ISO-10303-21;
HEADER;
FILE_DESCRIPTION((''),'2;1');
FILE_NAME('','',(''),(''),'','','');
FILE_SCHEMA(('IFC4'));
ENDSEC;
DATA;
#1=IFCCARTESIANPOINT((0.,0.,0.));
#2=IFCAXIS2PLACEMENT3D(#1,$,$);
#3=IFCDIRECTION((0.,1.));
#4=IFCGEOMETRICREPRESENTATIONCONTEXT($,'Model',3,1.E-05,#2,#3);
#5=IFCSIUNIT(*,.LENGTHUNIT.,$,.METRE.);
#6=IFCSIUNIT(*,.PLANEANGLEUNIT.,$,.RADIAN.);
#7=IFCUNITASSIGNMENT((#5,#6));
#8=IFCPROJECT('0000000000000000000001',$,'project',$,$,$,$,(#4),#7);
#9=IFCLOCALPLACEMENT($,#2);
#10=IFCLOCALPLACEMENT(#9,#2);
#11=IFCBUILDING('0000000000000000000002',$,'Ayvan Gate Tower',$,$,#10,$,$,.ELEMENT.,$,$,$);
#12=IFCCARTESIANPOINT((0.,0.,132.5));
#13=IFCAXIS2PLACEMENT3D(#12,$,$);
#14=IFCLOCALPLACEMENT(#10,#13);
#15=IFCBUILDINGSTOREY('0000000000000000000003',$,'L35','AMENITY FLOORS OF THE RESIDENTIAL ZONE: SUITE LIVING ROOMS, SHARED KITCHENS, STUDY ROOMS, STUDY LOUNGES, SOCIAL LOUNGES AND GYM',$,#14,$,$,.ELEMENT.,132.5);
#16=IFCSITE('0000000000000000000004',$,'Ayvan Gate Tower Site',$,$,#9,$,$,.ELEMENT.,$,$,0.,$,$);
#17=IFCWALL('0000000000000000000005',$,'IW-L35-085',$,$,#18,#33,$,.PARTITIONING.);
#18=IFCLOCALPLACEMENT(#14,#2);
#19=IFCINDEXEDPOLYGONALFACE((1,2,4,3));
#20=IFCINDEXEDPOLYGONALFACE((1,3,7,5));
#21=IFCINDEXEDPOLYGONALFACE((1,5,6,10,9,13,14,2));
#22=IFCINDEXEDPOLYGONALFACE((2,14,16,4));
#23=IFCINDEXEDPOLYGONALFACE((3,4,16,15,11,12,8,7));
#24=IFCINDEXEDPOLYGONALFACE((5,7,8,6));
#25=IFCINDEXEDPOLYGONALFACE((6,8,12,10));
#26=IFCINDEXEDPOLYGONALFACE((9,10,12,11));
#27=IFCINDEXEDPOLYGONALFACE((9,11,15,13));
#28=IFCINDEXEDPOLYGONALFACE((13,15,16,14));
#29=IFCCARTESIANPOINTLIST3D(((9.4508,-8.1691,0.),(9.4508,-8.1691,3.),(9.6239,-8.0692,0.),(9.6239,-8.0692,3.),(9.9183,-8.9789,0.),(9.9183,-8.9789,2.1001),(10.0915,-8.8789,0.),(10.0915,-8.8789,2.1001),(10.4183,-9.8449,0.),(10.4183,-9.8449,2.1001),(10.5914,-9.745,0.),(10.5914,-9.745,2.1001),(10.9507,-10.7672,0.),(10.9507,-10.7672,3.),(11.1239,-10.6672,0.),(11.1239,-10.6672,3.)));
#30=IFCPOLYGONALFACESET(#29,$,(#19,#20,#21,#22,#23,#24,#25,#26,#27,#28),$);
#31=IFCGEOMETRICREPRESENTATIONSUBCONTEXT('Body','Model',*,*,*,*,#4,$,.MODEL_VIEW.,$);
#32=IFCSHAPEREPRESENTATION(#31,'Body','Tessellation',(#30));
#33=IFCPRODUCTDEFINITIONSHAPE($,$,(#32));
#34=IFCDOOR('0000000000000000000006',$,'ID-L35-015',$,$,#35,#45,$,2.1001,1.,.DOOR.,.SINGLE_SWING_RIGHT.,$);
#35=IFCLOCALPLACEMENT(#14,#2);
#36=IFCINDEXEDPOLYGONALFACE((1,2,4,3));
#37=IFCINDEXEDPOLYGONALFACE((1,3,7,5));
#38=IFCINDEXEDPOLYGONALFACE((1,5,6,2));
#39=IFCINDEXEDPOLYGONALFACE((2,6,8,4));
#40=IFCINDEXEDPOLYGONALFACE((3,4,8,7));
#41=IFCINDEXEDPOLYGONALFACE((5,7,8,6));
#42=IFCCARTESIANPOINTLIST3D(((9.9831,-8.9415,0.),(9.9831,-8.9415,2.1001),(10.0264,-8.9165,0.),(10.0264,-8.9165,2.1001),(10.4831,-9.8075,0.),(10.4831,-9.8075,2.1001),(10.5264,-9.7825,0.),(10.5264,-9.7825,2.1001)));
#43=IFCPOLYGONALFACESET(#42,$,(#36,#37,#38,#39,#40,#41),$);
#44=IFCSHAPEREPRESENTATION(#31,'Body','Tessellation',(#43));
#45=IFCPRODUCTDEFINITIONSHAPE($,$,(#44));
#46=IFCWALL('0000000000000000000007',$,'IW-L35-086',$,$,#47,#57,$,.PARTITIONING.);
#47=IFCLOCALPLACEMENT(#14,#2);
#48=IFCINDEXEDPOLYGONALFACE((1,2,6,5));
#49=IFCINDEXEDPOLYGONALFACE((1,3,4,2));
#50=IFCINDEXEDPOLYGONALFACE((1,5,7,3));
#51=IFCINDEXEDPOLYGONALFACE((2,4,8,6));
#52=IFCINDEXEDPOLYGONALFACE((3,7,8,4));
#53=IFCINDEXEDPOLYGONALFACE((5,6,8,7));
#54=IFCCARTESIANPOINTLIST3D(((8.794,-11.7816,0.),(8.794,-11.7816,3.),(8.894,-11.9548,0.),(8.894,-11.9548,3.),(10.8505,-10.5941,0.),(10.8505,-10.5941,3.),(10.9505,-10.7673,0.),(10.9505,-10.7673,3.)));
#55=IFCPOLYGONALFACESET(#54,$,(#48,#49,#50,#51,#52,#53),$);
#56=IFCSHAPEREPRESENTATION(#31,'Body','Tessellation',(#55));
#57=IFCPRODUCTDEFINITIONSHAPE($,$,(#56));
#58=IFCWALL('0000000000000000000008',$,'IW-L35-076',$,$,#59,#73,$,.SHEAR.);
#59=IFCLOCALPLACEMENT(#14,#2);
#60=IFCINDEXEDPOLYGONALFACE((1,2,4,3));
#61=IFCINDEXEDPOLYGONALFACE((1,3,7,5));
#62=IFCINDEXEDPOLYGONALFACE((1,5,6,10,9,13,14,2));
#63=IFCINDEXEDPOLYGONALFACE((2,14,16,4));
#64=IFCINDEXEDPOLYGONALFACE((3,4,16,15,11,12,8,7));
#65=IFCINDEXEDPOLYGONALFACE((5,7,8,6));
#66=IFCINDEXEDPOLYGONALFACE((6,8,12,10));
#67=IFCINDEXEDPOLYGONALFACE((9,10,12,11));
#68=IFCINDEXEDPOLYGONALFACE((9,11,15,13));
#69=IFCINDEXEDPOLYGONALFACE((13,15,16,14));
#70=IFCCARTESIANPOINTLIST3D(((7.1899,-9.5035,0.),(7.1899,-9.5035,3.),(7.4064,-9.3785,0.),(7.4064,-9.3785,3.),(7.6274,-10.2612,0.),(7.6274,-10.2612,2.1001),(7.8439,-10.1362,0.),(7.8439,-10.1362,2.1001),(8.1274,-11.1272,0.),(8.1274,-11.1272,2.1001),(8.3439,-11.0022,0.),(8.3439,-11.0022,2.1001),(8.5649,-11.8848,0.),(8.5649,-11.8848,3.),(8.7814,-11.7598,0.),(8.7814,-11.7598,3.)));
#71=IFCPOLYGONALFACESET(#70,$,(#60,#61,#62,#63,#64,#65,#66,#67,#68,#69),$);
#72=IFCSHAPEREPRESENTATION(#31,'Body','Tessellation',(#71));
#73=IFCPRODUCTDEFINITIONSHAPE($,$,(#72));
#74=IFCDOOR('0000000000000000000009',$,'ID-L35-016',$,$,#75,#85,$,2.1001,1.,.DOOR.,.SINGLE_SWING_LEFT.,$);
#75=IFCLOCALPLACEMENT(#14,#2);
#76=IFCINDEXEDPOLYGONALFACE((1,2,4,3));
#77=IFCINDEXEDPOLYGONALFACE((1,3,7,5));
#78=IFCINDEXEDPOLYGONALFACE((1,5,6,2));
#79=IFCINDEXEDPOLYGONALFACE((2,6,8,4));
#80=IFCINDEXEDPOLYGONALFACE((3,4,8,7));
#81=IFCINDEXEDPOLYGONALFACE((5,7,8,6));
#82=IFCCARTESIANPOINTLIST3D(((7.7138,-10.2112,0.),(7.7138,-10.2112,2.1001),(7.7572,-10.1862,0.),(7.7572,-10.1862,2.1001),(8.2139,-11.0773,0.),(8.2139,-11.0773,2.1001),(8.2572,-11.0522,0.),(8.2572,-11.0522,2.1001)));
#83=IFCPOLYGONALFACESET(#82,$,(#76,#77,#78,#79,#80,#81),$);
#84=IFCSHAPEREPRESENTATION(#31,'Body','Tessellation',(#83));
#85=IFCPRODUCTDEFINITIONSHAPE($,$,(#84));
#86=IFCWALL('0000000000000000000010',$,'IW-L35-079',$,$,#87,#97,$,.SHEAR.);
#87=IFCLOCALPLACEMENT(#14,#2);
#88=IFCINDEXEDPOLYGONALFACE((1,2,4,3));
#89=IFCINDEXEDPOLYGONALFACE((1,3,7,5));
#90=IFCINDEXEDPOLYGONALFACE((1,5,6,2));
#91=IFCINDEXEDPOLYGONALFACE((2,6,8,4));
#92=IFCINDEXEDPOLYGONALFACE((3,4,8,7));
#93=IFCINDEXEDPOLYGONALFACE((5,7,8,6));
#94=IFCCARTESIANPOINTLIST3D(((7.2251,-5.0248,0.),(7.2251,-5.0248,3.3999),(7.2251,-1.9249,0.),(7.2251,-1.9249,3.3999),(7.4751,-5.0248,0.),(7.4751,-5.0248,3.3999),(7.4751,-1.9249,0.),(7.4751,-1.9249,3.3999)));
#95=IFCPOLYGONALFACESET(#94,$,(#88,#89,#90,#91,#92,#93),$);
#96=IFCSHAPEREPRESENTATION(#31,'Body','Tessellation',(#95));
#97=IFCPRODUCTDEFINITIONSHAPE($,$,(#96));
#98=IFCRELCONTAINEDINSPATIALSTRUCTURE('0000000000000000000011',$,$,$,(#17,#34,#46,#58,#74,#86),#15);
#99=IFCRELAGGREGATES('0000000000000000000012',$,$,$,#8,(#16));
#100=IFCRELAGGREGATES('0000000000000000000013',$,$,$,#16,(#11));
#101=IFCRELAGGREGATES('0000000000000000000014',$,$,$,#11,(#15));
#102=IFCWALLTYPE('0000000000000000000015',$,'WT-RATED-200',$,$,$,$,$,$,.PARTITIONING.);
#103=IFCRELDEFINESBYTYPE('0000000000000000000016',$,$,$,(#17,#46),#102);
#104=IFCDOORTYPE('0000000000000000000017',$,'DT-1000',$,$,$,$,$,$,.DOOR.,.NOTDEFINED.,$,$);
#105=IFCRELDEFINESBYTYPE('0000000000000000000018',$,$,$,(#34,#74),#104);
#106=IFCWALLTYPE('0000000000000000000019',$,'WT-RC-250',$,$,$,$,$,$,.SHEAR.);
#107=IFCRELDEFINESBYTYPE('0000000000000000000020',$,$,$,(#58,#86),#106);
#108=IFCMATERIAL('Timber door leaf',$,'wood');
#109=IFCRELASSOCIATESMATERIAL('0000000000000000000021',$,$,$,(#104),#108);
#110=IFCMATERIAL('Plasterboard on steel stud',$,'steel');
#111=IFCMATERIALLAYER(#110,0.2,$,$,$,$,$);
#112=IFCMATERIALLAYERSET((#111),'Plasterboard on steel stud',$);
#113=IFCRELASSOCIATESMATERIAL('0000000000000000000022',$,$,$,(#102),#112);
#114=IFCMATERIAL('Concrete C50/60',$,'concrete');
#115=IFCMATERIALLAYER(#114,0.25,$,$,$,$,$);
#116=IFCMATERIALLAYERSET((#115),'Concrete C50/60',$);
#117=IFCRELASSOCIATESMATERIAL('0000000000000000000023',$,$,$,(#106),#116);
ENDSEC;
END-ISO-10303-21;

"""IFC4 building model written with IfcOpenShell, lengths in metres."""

from ifc_helpers import new_model, si_unit, direction, frame, frame_2d, origin, place, context, subcontext, project, spatial, rectangle, extrude, material, layer, layer_set, type_object, element, fill, save


model = new_model("IFC4")

# Units and contexts
model_context = context("Model", 3, precision=1e-05, world=origin(), true_north=direction((0.0, 1.0)))
body_context = subcontext(model_context, "Body", "Model", "MODEL_VIEW")
ifc_project = project(units=[si_unit("LENGTHUNIT", "METRE"), si_unit("PLANEANGLEUNIT", "RADIAN")], contexts=[model_context])

# Site, building, storey
site_placement = place(None, origin())
site = spatial("IfcSite", under=ifc_project, at=site_placement, Name="Ayvan Gate Tower Site", CompositionType="ELEMENT", RefElevation=0.0)
building_placement = place(site_placement, origin())
building = spatial("IfcBuilding", under=site, at=building_placement, Name="Ayvan Gate Tower", CompositionType="ELEMENT")
storey_placement = place(building_placement, frame((0.0, 0.0, 132.5)))
storey = spatial("IfcBuildingStorey", under=building, at=storey_placement, Name="L35", Description="AMENITY FLOORS OF THE RESIDENTIAL ZONE: SUITE LIVING ROOMS, SHARED KITCHENS, STUDY ROOMS, STUDY LOUNGES, SOCIAL LOUNGES AND GYM", CompositionType="ELEMENT", Elevation=132.5)

# Shared definitions
ifc_material_1 = material(Name="Timber door leaf", Category="wood")

# Shared definitions
ifc_material_2 = material(Name="Plasterboard on steel stud", Category="steel")

# Shared definitions
door_type_1 = type_object("IfcDoorType", Name="DT-1000", OperationType="NOTDEFINED", PredefinedType="DOOR", material=ifc_material_1)

# Shared definitions
ifc_layer_1 = layer(ifc_material_2, 0.2)
ifc_layer_set_1 = layer_set([ifc_layer_1], Name="Plasterboard on steel stud")
wall_type_1 = type_object("IfcWallType", Name="WT-RATED-200", PredefinedType="PARTITIONING", material=ifc_layer_set_1)

# Wall, opening, door
wall_1_placement = place(storey_placement, frame((9.5374, -8.1191, 0.0), z_axis=(0.0, 0.0, 1.0), x_axis=(0.49999, -0.866031, 0.0)))
wall_1 = element("IfcWall", 1, at=wall_1_placement, inside=storey, type_object=wall_type_1, Name="IW-L35-085", PredefinedType="PARTITIONING", context=body_context, shape_type="SweptSolid", body=[
    extrude(rectangle(XDim=3.0, YDim=0.2, at=frame_2d((1.5, 0.0))), origin(), (0.0, 0.0, 1.0), 3.0),
])
opening_1_placement = place(wall_1_placement, frame((0.9351, 0.0, 0.0)))
opening_1 = element("IfcOpeningElement", 2, at=opening_1_placement, cuts=wall_1, PredefinedType="OPENING", context=body_context, shape_type="SweptSolid", body=[
    extrude(rectangle(XDim=1.0, YDim=2.1001, at=frame_2d((0.5, 1.05))), frame((0.0, 0.1099, 0.0), z_axis=(0.0, -1.0, 0.0), x_axis=(1.0, 0.0, 0.0)), (0.0, 0.0, 1.0), 0.22),
])
door_1_placement = place(opening_1_placement, origin())
door_1 = element("IfcDoor", 3, at=door_1_placement, inside=storey, type_object=door_type_1, Name="ID-L35-015", OperationType="SINGLE_SWING_RIGHT", OverallHeight=2.1001, OverallWidth=1.0, PredefinedType="DOOR", context=body_context, shape_type="SweptSolid", body=[
    extrude(rectangle(XDim=1.0, YDim=2.1001, at=frame_2d((0.5, 1.05))), frame((0.0, 0.0249, 0.0), z_axis=(0.0, -1.0, 0.0), x_axis=(1.0, 0.0, 0.0)), (0.0, 0.0, 1.0), 0.05),
])
fill(opening_1, door_1)

# Wall
wall_2_placement = place(storey_placement, frame((10.9006, -10.6807, 0.0), z_axis=(0.0, 0.0, 1.0), x_axis=(-0.866008, -0.500031, 0.0)))
element("IfcWall", 4, at=wall_2_placement, inside=storey, type_object=wall_type_1, Name="IW-L35-086", PredefinedType="PARTITIONING", context=body_context, shape_type="SweptSolid", body=[
    extrude(rectangle(XDim=2.3748, YDim=0.2, at=frame_2d((1.1875, 0.0))), origin(), (0.0, 0.0, 1.0), 3.0),
])

# Wall, opening, door
ifc_material_3 = material(Name="Concrete C50/60", Category="concrete")
ifc_layer_2 = layer(ifc_material_3, 0.25)
ifc_layer_set_2 = layer_set([ifc_layer_2], Name="Concrete C50/60")
wall_type_2 = type_object("IfcWallType", Name="WT-RC-250", PredefinedType="SHEAR", material=ifc_layer_set_2)
wall_3_placement = place(storey_placement, frame((7.2981, -9.4409, 0.0), z_axis=(0.0, 0.0, 1.0), x_axis=(0.500035, -0.866005, 0.0)))
wall_3 = element("IfcWall", 5, at=wall_3_placement, inside=storey, type_object=wall_type_2, Name="IW-L35-076", PredefinedType="SHEAR", context=body_context, shape_type="SweptSolid", body=[
    extrude(rectangle(XDim=2.7498, YDim=0.25, at=frame_2d((1.375, 0.0))), origin(), (0.0, 0.0, 1.0), 3.0),
])
opening_2_placement = place(wall_3_placement, frame((0.875, 0.0, 0.0)))
opening_2 = element("IfcOpeningElement", 6, at=opening_2_placement, cuts=wall_3, PredefinedType="OPENING", context=body_context, shape_type="SweptSolid", body=[
    extrude(rectangle(XDim=1.0, YDim=2.1001, at=frame_2d((0.5, 1.05))), frame((0.0, 0.135, 0.0), z_axis=(0.0, -1.0, 0.0), x_axis=(1.0, 0.0, 0.0)), (0.0, 0.0, 1.0), 0.27),
])
door_2_placement = place(opening_2_placement, origin())
door_2 = element("IfcDoor", 7, at=door_2_placement, inside=storey, type_object=door_type_1, Name="ID-L35-016", OperationType="SINGLE_SWING_LEFT", OverallHeight=2.1001, OverallWidth=1.0, PredefinedType="DOOR", context=body_context, shape_type="SweptSolid", body=[
    extrude(rectangle(XDim=1.0, YDim=2.1001, at=frame_2d((0.5, 1.05))), frame((0.0, 0.0249, 0.0), z_axis=(0.0, -1.0, 0.0), x_axis=(1.0, 0.0, 0.0)), (0.0, 0.0, 1.0), 0.05),
])
fill(opening_2, door_2)

# Wall
wall_4_placement = place(storey_placement, frame((7.3501, -1.925, 0.0), z_axis=(0.0, 0.0, 1.0), x_axis=(0.0, -1.0, 0.0)))
element("IfcWall", 8, at=wall_4_placement, inside=storey, type_object=wall_type_2, Name="IW-L35-079", PredefinedType="SHEAR", context=body_context, shape_type="SweptSolid", body=[
    extrude(rectangle(XDim=3.0999, YDim=0.25, at=frame_2d((1.5498, 0.0))), origin(), (0.0, 0.0, 1.0), 3.3999),
])

save(model, "model.ifc")
